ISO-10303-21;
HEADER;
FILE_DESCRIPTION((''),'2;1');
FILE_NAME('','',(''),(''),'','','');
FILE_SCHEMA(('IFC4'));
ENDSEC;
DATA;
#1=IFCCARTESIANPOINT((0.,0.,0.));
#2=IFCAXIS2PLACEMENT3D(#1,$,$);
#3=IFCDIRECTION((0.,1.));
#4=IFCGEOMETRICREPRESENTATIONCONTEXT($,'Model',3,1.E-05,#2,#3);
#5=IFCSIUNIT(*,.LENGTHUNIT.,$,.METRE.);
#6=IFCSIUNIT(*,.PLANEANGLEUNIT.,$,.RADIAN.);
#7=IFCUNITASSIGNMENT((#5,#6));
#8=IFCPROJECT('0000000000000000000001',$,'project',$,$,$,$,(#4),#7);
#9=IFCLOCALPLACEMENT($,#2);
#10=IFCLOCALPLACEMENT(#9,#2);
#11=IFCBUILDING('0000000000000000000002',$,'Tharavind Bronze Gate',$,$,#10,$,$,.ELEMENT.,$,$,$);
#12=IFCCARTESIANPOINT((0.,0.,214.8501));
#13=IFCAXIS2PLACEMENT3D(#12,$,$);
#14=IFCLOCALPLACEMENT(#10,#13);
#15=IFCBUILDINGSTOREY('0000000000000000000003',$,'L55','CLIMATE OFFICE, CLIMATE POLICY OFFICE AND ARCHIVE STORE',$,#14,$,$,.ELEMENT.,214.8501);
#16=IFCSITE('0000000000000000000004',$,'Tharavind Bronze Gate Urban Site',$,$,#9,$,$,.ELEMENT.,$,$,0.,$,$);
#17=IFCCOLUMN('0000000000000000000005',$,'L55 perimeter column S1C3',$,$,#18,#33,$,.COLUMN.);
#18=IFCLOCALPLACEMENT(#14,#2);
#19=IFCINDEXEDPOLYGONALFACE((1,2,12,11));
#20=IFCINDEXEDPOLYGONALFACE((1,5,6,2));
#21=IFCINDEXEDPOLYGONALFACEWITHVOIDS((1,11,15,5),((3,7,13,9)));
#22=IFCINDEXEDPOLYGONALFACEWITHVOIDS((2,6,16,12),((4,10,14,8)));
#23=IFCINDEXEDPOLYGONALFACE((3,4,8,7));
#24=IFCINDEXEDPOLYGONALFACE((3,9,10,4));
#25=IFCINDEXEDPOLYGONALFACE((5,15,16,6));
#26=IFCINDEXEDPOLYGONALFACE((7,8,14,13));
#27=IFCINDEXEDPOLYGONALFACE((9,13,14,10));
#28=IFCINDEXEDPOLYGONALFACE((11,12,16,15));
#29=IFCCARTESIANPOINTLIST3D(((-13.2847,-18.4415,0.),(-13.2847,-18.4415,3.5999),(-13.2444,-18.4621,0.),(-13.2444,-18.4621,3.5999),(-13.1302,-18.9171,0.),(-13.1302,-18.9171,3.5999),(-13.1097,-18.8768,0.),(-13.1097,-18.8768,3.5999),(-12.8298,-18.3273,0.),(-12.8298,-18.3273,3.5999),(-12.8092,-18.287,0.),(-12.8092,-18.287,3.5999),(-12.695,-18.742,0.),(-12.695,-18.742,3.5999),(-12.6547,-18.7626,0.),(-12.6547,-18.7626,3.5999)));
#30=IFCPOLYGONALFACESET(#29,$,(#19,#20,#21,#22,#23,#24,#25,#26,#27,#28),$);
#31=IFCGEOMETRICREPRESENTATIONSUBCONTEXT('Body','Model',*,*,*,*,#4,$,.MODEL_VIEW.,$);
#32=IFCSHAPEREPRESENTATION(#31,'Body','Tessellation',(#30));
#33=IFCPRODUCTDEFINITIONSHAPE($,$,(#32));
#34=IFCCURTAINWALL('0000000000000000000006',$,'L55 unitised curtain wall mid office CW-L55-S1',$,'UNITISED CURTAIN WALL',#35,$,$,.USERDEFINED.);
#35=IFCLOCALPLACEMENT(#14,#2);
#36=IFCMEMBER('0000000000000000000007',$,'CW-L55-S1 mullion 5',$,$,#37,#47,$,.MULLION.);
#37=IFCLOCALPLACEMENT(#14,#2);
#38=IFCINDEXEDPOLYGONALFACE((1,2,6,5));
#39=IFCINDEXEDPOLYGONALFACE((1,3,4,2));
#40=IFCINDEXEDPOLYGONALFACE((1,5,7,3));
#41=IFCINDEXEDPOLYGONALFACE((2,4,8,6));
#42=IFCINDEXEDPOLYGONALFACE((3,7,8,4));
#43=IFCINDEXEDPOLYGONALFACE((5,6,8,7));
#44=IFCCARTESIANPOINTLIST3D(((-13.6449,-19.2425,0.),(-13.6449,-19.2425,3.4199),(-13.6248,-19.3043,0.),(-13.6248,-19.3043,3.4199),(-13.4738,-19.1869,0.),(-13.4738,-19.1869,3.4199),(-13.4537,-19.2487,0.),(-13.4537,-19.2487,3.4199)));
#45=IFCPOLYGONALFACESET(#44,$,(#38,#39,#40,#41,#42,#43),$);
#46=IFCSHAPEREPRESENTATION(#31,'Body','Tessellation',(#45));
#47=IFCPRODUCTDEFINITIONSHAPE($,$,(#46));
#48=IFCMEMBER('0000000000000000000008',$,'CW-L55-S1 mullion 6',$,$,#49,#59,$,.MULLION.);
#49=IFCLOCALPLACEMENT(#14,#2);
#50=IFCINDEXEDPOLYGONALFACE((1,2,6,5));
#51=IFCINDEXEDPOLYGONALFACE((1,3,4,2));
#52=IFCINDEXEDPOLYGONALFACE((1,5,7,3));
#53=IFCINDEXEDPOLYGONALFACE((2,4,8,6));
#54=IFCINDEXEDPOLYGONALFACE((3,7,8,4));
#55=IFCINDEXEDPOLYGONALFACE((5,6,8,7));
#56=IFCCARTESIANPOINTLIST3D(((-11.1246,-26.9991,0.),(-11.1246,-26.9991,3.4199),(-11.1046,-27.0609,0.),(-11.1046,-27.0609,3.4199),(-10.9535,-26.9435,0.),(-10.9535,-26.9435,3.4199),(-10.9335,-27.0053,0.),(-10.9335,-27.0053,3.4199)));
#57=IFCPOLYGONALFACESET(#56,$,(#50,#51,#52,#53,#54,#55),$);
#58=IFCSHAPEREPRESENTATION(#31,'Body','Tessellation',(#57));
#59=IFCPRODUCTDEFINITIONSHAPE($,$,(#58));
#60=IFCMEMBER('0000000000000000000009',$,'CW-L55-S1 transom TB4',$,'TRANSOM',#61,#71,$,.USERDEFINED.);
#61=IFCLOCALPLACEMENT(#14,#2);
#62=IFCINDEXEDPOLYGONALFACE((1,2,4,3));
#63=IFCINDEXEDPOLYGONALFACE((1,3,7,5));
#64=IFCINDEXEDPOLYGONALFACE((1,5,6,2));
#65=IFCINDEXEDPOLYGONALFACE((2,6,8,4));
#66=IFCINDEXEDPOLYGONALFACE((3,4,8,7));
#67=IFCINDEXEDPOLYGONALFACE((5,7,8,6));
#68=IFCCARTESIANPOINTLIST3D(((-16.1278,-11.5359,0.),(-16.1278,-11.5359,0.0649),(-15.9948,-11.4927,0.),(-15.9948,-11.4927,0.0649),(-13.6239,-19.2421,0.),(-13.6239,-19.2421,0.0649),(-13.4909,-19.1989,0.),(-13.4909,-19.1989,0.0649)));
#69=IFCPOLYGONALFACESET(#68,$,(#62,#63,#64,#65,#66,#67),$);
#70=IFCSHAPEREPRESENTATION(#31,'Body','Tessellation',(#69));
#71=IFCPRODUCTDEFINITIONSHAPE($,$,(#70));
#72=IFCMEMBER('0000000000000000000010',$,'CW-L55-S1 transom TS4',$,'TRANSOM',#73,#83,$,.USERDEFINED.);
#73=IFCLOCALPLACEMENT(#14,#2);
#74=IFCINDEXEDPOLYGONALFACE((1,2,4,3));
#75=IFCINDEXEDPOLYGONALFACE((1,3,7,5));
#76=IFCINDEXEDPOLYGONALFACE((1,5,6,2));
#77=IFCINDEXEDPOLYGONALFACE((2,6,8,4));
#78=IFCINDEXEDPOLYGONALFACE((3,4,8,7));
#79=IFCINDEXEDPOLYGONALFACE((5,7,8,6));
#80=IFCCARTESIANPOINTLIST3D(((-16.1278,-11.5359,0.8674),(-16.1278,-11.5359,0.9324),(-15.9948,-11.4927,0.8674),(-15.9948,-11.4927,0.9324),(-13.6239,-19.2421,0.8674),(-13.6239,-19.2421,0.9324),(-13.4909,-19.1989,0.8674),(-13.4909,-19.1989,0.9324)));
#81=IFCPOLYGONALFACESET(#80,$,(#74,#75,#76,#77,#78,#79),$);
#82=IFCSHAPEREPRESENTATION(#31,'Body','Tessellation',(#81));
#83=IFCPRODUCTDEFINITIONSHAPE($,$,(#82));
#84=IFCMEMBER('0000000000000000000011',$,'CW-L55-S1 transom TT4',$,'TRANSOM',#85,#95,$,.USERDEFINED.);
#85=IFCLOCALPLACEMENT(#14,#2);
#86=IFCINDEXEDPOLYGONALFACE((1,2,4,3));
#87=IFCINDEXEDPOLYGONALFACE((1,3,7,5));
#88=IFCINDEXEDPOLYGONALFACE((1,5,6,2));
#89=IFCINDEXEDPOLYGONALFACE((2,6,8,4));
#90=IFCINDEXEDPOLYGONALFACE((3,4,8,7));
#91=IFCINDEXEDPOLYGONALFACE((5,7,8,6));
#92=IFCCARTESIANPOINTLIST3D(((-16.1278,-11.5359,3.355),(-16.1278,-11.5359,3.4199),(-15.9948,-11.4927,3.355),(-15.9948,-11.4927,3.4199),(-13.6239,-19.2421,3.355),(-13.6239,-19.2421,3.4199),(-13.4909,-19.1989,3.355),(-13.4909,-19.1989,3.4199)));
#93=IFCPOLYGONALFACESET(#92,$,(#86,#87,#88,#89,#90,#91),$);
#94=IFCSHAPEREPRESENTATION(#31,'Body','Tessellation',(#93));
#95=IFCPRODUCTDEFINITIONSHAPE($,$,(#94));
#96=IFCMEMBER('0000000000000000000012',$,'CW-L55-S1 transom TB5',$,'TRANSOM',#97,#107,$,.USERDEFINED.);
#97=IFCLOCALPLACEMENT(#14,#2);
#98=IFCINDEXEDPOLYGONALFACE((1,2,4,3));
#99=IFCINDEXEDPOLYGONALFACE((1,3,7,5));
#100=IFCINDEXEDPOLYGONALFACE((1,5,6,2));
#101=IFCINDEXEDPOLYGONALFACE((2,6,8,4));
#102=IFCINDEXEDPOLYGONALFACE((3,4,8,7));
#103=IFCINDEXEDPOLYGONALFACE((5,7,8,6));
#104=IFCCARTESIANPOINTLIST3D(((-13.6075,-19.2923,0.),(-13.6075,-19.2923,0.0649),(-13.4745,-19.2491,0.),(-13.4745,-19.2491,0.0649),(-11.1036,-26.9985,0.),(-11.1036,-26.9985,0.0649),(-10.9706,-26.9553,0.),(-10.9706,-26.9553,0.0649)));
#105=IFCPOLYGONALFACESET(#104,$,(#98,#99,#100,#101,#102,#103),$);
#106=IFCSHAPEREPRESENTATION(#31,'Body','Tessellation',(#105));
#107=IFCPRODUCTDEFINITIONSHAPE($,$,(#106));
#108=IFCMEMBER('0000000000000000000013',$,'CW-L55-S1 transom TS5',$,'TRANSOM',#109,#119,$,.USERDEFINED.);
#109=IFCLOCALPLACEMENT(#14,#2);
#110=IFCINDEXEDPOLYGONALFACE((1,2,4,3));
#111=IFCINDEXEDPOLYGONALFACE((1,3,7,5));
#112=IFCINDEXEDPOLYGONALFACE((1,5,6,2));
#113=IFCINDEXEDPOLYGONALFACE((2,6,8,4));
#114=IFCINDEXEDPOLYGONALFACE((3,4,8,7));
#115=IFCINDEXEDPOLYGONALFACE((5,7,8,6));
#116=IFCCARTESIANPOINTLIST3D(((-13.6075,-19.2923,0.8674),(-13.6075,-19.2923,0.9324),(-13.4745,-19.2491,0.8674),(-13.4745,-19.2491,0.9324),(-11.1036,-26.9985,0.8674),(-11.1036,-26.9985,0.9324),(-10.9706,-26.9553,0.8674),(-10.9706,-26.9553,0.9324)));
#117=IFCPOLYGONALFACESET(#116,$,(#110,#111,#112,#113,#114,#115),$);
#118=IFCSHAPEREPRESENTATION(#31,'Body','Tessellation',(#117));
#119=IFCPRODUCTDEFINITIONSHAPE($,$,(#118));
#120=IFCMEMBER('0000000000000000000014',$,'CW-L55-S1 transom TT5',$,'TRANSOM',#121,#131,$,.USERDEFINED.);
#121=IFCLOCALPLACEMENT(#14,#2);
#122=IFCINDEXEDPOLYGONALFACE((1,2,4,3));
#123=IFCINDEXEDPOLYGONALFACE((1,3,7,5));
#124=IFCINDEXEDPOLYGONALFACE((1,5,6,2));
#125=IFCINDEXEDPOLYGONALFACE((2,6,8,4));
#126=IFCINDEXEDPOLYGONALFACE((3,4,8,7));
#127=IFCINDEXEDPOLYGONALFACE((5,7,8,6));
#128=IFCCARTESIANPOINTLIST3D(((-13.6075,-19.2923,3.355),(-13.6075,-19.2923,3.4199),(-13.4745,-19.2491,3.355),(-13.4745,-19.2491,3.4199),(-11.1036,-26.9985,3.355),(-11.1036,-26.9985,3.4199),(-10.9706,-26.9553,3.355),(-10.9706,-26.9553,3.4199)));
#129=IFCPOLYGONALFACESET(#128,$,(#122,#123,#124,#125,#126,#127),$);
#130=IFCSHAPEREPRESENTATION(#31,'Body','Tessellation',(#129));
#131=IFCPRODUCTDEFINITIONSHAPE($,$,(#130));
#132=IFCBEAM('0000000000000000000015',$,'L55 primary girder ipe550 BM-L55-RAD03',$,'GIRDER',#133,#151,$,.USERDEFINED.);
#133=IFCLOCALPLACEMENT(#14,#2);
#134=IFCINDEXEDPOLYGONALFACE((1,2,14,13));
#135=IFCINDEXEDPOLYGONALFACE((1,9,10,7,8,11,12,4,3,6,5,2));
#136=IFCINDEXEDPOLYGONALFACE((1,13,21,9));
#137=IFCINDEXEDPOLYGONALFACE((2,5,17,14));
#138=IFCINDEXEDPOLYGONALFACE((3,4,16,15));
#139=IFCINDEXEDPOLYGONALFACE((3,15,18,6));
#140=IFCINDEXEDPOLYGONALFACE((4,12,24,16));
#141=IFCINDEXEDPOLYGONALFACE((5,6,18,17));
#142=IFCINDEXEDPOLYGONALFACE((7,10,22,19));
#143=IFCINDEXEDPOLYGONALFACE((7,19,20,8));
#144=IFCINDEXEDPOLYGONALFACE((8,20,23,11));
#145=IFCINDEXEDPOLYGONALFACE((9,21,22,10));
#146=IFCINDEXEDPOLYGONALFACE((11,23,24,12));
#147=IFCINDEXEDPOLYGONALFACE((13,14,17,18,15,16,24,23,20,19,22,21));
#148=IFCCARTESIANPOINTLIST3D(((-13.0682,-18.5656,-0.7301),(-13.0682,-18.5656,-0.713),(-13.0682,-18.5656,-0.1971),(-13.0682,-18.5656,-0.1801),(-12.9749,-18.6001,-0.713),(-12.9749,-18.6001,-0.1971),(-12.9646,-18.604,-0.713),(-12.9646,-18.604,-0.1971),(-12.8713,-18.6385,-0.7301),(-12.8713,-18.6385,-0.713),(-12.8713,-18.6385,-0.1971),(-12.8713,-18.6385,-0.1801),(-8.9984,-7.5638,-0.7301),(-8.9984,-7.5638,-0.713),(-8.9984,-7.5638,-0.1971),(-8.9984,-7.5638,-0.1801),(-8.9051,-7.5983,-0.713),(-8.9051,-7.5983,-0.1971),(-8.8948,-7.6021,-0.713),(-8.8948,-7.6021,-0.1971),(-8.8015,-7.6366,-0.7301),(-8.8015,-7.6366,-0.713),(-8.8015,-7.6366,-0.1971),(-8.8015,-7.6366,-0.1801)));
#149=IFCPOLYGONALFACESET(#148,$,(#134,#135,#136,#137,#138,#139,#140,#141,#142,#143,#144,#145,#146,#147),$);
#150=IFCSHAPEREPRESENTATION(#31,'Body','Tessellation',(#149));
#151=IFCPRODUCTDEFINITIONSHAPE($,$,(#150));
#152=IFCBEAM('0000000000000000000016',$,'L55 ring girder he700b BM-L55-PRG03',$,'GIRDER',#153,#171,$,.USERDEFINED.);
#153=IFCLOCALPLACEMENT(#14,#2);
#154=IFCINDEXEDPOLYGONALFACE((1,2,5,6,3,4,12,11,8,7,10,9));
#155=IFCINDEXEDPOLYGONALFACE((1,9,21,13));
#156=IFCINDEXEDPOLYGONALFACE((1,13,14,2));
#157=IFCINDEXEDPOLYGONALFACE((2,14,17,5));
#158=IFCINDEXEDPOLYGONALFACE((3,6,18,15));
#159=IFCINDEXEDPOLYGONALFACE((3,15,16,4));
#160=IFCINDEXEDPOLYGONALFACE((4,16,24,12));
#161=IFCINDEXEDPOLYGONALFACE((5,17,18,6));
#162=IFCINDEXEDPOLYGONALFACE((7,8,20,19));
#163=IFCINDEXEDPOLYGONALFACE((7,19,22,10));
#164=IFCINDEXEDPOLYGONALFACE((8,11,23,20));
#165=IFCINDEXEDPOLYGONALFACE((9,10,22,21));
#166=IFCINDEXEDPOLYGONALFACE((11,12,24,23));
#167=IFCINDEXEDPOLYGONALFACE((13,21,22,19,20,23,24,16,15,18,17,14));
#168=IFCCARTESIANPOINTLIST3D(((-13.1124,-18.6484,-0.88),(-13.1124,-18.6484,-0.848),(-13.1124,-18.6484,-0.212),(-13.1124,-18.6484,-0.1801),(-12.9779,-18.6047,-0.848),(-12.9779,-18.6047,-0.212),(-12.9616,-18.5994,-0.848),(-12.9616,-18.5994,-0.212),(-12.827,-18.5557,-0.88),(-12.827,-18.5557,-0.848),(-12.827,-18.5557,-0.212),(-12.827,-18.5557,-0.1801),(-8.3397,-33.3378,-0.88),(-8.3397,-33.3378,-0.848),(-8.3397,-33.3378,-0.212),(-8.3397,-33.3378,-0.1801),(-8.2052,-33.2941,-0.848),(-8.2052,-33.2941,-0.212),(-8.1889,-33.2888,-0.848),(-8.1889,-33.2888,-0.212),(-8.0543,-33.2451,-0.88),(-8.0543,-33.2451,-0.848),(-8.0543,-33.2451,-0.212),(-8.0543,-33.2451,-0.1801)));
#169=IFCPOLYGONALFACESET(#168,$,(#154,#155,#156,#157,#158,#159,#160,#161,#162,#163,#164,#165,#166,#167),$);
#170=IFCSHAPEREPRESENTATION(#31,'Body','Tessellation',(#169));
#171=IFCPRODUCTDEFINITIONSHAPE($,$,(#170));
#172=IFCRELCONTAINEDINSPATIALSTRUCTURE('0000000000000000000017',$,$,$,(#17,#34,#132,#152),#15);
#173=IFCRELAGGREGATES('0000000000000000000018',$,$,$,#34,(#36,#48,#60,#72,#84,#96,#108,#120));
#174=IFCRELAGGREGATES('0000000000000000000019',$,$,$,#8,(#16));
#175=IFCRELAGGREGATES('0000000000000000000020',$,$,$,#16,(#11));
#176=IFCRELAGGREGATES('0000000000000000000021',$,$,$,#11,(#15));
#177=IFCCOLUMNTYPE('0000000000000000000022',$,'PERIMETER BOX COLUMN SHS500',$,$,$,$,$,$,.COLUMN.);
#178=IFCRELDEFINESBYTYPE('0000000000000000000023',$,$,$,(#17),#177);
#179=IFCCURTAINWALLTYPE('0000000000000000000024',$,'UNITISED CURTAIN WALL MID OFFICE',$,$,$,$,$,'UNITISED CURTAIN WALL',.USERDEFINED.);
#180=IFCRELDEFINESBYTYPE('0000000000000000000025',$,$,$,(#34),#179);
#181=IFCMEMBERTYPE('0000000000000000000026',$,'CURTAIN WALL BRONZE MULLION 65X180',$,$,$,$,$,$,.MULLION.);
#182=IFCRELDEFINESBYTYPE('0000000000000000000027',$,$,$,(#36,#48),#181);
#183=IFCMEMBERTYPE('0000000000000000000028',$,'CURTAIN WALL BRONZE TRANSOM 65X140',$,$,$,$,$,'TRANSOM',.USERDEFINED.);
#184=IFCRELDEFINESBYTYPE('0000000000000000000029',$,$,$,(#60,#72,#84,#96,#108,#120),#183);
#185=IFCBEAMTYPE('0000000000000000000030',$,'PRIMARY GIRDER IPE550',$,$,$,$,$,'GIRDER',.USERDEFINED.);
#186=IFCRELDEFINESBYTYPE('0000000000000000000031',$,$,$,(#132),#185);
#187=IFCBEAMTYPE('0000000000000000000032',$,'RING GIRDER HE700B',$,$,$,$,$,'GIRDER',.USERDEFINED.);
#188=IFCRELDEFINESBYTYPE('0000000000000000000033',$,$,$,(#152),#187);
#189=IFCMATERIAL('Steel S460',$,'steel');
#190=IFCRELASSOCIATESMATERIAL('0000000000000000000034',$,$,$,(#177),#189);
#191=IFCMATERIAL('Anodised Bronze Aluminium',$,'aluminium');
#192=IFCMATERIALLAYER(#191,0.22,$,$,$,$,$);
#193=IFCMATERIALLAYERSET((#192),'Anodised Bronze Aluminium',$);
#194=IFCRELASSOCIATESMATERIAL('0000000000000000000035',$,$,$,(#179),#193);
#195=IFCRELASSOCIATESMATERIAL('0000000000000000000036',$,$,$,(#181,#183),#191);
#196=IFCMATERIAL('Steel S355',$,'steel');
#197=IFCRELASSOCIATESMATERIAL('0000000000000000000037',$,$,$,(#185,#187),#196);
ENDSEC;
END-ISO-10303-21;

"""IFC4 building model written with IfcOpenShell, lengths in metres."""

from ifc_helpers import new_model, si_unit, direction, frame, origin, origin_2d, place, context, subcontext, project, spatial, rectangle, hollow_rectangle, i_section, extrude, material, layer, layer_set, material_profile, profile_set, type_object, element, aggregate, save


model = new_model("IFC4")

# Units and contexts
model_context = context("Model", 3, precision=1e-05, world=origin(), true_north=direction((0.0, 1.0)))
body_context = subcontext(model_context, "Body", "Model", "MODEL_VIEW")
ifc_project = project(units=[si_unit("LENGTHUNIT", "METRE"), si_unit("PLANEANGLEUNIT", "RADIAN")], contexts=[model_context])

# Site, building, storey
site_placement = place(None, origin())
site = spatial("IfcSite", under=ifc_project, at=site_placement, Name="Tharavind Bronze Gate Urban Site", CompositionType="ELEMENT", RefElevation=0.0)
building_placement = place(site_placement, origin())
building = spatial("IfcBuilding", under=site, at=building_placement, Name="Tharavind Bronze Gate", CompositionType="ELEMENT")
storey_placement = place(building_placement, frame((0.0, 0.0, 214.8501)))
storey = spatial("IfcBuildingStorey", under=building, at=storey_placement, Name="L55", Description="CLIMATE OFFICE, CLIMATE POLICY OFFICE AND ARCHIVE STORE", CompositionType="ELEMENT", Elevation=214.8501)

# Column
ifc_material_1 = material(Name="Steel S460", Category="steel")
ifc_material_profile_1 = material_profile(ifc_material_1, hollow_rectangle(XDim=0.5, YDim=0.5, WallThickness=0.032, at=origin_2d()), Name="SHS500X32")
ifc_profile_set_1 = profile_set([ifc_material_profile_1], Name="Steel S460")
column_type = type_object("IfcColumnType", Name="PERIMETER BOX COLUMN SHS500", PredefinedType="COLUMN", material=ifc_profile_set_1)
column_placement = place(storey_placement, frame((-12.9697, -18.6021, 0.0), z_axis=(0.0, 0.0, 1.0), x_axis=(-0.309017, 0.951057, 0.0)))
element("IfcColumn", 1, at=column_placement, inside=storey, type_object=column_type, Name="L55 perimeter column S1C3", PredefinedType="COLUMN", context=body_context, shape_type="SweptSolid", body=[
    extrude(hollow_rectangle(XDim=0.5, YDim=0.5, WallThickness=0.032, at=origin_2d()), origin(), (0.0, 0.0, 1.0), 3.5999),
])

# Curtain wall, members
ifc_material_2 = material(Name="Anodised Bronze Aluminium", Category="aluminium")
ifc_layer_1 = layer(ifc_material_2, 0.22)
ifc_layer_set_1 = layer_set([ifc_layer_1], Name="Anodised Bronze Aluminium")
curtain_wall_type = type_object("IfcCurtainWallType", Name="UNITISED CURTAIN WALL MID OFFICE", ElementType="UNITISED CURTAIN WALL", PredefinedType="USERDEFINED", material=ifc_layer_set_1)
curtain_wall_placement = place(storey_placement, origin())
curtain_wall = element("IfcCurtainWall", 2, at=curtain_wall_placement, inside=storey, type_object=curtain_wall_type, Name="L55 unitised curtain wall mid office CW-L55-S1", ObjectType="UNITISED CURTAIN WALL", PredefinedType="USERDEFINED")
member_type_1 = type_object("IfcMemberType", Name="CURTAIN WALL BRONZE MULLION 65X180", PredefinedType="MULLION", material=ifc_material_2)
member_1_placement = place(storey_placement, frame((-13.5493, -19.2456, 0.0), z_axis=(0.0, 0.0, 1.0), x_axis=(0.309017, -0.951057, 0.0)))
member_1 = element("IfcMember", 3, at=member_1_placement, type_object=member_type_1, Name="CW-L55-S1 mullion 5", PredefinedType="MULLION", context=body_context, shape_type="SweptSolid", body=[
    extrude(rectangle(XDim=0.0649, YDim=0.1799, at=origin_2d()), origin(), (0.0, 0.0, 1.0), 3.4199),
])
member_2_placement = place(storey_placement, frame((-11.0291, -27.0022, 0.0), z_axis=(0.0, 0.0, 1.0), x_axis=(0.309017, -0.951057, 0.0)))
member_2 = element("IfcMember", 4, at=member_2_placement, type_object=member_type_1, Name="CW-L55-S1 mullion 6", PredefinedType="MULLION", context=body_context, shape_type="SweptSolid", body=[
    extrude(rectangle(XDim=0.0649, YDim=0.1799, at=origin_2d()), origin(), (0.0, 0.0, 1.0), 3.4199),
])
member_type_2 = type_object("IfcMemberType", Name="CURTAIN WALL BRONZE TRANSOM 65X140", ElementType="TRANSOM", PredefinedType="USERDEFINED", material=ifc_material_2)
member_3_placement = place(storey_placement, frame((-14.8093, -15.3674, 0.0), z_axis=(0.0, 0.0, 1.0), x_axis=(0.309017, -0.951057, 0.0)))
member_3 = element("IfcMember", 5, at=member_3_placement, type_object=member_type_2, Name="CW-L55-S1 transom TB4", ObjectType="TRANSOM", PredefinedType="USERDEFINED", context=body_context, shape_type="SweptSolid", body=[
    extrude(rectangle(XDim=8.1028, YDim=0.1399, at=origin_2d()), origin(), (0.0, 0.0, 1.0), 0.0649),
])
member_4_placement = place(storey_placement, frame((-14.8093, -15.3674, 0.8674), z_axis=(0.0, 0.0, 1.0), x_axis=(0.309017, -0.951057, 0.0)))
member_4 = element("IfcMember", 6, at=member_4_placement, type_object=member_type_2, Name="CW-L55-S1 transom TS4", ObjectType="TRANSOM", PredefinedType="USERDEFINED", context=body_context, shape_type="SweptSolid", body=[
    extrude(rectangle(XDim=8.1028, YDim=0.1399, at=origin_2d()), origin(), (0.0, 0.0, 1.0), 0.0649),
])
member_5_placement = place(storey_placement, frame((-14.8093, -15.3674, 3.355), z_axis=(0.0, 0.0, 1.0), x_axis=(0.309017, -0.951057, 0.0)))
member_5 = element("IfcMember", 7, at=member_5_placement, type_object=member_type_2, Name="CW-L55-S1 transom TT4", ObjectType="TRANSOM", PredefinedType="USERDEFINED", context=body_context, shape_type="SweptSolid", body=[
    extrude(rectangle(XDim=8.1028, YDim=0.1399, at=origin_2d()), origin(), (0.0, 0.0, 1.0), 0.0649),
])
member_6_placement = place(storey_placement, frame((-12.2891, -23.1238, 0.0), z_axis=(0.0, 0.0, 1.0), x_axis=(0.309017, -0.951057, 0.0)))
member_6 = element("IfcMember", 8, at=member_6_placement, type_object=member_type_2, Name="CW-L55-S1 transom TB5", ObjectType="TRANSOM", PredefinedType="USERDEFINED", context=body_context, shape_type="SweptSolid", body=[
    extrude(rectangle(XDim=8.1028, YDim=0.1399, at=origin_2d()), origin(), (0.0, 0.0, 1.0), 0.0649),
])
member_7_placement = place(storey_placement, frame((-12.2891, -23.1238, 0.8674), z_axis=(0.0, 0.0, 1.0), x_axis=(0.309017, -0.951057, 0.0)))
member_7 = element("IfcMember", 9, at=member_7_placement, type_object=member_type_2, Name="CW-L55-S1 transom TS5", ObjectType="TRANSOM", PredefinedType="USERDEFINED", context=body_context, shape_type="SweptSolid", body=[
    extrude(rectangle(XDim=8.1028, YDim=0.1399, at=origin_2d()), origin(), (0.0, 0.0, 1.0), 0.0649),
])
member_8_placement = place(storey_placement, frame((-12.2891, -23.1238, 3.355), z_axis=(0.0, 0.0, 1.0), x_axis=(0.309017, -0.951057, 0.0)))
member_8 = element("IfcMember", 10, at=member_8_placement, type_object=member_type_2, Name="CW-L55-S1 transom TT5", ObjectType="TRANSOM", PredefinedType="USERDEFINED", context=body_context, shape_type="SweptSolid", body=[
    extrude(rectangle(XDim=8.1028, YDim=0.1399, at=origin_2d()), origin(), (0.0, 0.0, 1.0), 0.0649),
])

# Beams
ifc_material_3 = material(Name="Steel S355", Category="steel")
ifc_material_profile_2 = material_profile(ifc_material_3, i_section(OverallWidth=0.21, OverallDepth=0.55, WebThickness=0.011, FlangeThickness=0.0171, at=origin_2d()), Name="IPE550")
ifc_profile_set_2 = profile_set([ifc_material_profile_2], Name="Steel S355")
beam_type_1 = type_object("IfcBeamType", Name="PRIMARY GIRDER IPE550", ElementType="GIRDER", PredefinedType="USERDEFINED", material=ifc_profile_set_2)
beam_1_placement = place(storey_placement, frame((-12.9697, -18.6021, -0.4551), z_axis=(0.346942, 0.937887, 0.0), x_axis=(-0.937887, 0.346942, 0.0)))
element("IfcBeam", 11, at=beam_1_placement, inside=storey, type_object=beam_type_1, Name="L55 primary girder ipe550 BM-L55-RAD03", ObjectType="GIRDER", PredefinedType="USERDEFINED", context=body_context, shape_type="SweptSolid", body=[
    extrude(i_section(OverallWidth=0.21, OverallDepth=0.55, WebThickness=0.011, FlangeThickness=0.0171, at=origin_2d()), origin(), (0.0, 0.0, 1.0), 11.7305),
])
ifc_material_profile_3 = material_profile(ifc_material_3, i_section(OverallWidth=0.3, OverallDepth=0.7, WebThickness=0.0171, FlangeThickness=0.032, at=origin_2d()), Name="HE700B")
ifc_profile_set_3 = profile_set([ifc_material_profile_3], Name="Steel S355")
beam_type_2 = type_object("IfcBeamType", Name="RING GIRDER HE700B", ElementType="GIRDER", PredefinedType="USERDEFINED", material=ifc_profile_set_3)
beam_2_placement = place(storey_placement, frame((-12.9697, -18.6021, -0.53), z_axis=(0.309006, -0.95106, 0.0), x_axis=(0.95106, 0.309006, 0.0)))
element("IfcBeam", 12, at=beam_2_placement, inside=storey, type_object=beam_type_2, Name="L55 ring girder he700b BM-L55-PRG03", ObjectType="GIRDER", PredefinedType="USERDEFINED", context=body_context, shape_type="SweptSolid", body=[
    extrude(i_section(OverallWidth=0.3, OverallDepth=0.7, WebThickness=0.0171, FlangeThickness=0.032, at=origin_2d()), origin(), (0.0, 0.0, 1.0), 15.4453),
])

aggregate(curtain_wall, [member_1, member_2, member_3, member_4, member_5, member_6, member_7, member_8])

save(model, "model.ifc")
